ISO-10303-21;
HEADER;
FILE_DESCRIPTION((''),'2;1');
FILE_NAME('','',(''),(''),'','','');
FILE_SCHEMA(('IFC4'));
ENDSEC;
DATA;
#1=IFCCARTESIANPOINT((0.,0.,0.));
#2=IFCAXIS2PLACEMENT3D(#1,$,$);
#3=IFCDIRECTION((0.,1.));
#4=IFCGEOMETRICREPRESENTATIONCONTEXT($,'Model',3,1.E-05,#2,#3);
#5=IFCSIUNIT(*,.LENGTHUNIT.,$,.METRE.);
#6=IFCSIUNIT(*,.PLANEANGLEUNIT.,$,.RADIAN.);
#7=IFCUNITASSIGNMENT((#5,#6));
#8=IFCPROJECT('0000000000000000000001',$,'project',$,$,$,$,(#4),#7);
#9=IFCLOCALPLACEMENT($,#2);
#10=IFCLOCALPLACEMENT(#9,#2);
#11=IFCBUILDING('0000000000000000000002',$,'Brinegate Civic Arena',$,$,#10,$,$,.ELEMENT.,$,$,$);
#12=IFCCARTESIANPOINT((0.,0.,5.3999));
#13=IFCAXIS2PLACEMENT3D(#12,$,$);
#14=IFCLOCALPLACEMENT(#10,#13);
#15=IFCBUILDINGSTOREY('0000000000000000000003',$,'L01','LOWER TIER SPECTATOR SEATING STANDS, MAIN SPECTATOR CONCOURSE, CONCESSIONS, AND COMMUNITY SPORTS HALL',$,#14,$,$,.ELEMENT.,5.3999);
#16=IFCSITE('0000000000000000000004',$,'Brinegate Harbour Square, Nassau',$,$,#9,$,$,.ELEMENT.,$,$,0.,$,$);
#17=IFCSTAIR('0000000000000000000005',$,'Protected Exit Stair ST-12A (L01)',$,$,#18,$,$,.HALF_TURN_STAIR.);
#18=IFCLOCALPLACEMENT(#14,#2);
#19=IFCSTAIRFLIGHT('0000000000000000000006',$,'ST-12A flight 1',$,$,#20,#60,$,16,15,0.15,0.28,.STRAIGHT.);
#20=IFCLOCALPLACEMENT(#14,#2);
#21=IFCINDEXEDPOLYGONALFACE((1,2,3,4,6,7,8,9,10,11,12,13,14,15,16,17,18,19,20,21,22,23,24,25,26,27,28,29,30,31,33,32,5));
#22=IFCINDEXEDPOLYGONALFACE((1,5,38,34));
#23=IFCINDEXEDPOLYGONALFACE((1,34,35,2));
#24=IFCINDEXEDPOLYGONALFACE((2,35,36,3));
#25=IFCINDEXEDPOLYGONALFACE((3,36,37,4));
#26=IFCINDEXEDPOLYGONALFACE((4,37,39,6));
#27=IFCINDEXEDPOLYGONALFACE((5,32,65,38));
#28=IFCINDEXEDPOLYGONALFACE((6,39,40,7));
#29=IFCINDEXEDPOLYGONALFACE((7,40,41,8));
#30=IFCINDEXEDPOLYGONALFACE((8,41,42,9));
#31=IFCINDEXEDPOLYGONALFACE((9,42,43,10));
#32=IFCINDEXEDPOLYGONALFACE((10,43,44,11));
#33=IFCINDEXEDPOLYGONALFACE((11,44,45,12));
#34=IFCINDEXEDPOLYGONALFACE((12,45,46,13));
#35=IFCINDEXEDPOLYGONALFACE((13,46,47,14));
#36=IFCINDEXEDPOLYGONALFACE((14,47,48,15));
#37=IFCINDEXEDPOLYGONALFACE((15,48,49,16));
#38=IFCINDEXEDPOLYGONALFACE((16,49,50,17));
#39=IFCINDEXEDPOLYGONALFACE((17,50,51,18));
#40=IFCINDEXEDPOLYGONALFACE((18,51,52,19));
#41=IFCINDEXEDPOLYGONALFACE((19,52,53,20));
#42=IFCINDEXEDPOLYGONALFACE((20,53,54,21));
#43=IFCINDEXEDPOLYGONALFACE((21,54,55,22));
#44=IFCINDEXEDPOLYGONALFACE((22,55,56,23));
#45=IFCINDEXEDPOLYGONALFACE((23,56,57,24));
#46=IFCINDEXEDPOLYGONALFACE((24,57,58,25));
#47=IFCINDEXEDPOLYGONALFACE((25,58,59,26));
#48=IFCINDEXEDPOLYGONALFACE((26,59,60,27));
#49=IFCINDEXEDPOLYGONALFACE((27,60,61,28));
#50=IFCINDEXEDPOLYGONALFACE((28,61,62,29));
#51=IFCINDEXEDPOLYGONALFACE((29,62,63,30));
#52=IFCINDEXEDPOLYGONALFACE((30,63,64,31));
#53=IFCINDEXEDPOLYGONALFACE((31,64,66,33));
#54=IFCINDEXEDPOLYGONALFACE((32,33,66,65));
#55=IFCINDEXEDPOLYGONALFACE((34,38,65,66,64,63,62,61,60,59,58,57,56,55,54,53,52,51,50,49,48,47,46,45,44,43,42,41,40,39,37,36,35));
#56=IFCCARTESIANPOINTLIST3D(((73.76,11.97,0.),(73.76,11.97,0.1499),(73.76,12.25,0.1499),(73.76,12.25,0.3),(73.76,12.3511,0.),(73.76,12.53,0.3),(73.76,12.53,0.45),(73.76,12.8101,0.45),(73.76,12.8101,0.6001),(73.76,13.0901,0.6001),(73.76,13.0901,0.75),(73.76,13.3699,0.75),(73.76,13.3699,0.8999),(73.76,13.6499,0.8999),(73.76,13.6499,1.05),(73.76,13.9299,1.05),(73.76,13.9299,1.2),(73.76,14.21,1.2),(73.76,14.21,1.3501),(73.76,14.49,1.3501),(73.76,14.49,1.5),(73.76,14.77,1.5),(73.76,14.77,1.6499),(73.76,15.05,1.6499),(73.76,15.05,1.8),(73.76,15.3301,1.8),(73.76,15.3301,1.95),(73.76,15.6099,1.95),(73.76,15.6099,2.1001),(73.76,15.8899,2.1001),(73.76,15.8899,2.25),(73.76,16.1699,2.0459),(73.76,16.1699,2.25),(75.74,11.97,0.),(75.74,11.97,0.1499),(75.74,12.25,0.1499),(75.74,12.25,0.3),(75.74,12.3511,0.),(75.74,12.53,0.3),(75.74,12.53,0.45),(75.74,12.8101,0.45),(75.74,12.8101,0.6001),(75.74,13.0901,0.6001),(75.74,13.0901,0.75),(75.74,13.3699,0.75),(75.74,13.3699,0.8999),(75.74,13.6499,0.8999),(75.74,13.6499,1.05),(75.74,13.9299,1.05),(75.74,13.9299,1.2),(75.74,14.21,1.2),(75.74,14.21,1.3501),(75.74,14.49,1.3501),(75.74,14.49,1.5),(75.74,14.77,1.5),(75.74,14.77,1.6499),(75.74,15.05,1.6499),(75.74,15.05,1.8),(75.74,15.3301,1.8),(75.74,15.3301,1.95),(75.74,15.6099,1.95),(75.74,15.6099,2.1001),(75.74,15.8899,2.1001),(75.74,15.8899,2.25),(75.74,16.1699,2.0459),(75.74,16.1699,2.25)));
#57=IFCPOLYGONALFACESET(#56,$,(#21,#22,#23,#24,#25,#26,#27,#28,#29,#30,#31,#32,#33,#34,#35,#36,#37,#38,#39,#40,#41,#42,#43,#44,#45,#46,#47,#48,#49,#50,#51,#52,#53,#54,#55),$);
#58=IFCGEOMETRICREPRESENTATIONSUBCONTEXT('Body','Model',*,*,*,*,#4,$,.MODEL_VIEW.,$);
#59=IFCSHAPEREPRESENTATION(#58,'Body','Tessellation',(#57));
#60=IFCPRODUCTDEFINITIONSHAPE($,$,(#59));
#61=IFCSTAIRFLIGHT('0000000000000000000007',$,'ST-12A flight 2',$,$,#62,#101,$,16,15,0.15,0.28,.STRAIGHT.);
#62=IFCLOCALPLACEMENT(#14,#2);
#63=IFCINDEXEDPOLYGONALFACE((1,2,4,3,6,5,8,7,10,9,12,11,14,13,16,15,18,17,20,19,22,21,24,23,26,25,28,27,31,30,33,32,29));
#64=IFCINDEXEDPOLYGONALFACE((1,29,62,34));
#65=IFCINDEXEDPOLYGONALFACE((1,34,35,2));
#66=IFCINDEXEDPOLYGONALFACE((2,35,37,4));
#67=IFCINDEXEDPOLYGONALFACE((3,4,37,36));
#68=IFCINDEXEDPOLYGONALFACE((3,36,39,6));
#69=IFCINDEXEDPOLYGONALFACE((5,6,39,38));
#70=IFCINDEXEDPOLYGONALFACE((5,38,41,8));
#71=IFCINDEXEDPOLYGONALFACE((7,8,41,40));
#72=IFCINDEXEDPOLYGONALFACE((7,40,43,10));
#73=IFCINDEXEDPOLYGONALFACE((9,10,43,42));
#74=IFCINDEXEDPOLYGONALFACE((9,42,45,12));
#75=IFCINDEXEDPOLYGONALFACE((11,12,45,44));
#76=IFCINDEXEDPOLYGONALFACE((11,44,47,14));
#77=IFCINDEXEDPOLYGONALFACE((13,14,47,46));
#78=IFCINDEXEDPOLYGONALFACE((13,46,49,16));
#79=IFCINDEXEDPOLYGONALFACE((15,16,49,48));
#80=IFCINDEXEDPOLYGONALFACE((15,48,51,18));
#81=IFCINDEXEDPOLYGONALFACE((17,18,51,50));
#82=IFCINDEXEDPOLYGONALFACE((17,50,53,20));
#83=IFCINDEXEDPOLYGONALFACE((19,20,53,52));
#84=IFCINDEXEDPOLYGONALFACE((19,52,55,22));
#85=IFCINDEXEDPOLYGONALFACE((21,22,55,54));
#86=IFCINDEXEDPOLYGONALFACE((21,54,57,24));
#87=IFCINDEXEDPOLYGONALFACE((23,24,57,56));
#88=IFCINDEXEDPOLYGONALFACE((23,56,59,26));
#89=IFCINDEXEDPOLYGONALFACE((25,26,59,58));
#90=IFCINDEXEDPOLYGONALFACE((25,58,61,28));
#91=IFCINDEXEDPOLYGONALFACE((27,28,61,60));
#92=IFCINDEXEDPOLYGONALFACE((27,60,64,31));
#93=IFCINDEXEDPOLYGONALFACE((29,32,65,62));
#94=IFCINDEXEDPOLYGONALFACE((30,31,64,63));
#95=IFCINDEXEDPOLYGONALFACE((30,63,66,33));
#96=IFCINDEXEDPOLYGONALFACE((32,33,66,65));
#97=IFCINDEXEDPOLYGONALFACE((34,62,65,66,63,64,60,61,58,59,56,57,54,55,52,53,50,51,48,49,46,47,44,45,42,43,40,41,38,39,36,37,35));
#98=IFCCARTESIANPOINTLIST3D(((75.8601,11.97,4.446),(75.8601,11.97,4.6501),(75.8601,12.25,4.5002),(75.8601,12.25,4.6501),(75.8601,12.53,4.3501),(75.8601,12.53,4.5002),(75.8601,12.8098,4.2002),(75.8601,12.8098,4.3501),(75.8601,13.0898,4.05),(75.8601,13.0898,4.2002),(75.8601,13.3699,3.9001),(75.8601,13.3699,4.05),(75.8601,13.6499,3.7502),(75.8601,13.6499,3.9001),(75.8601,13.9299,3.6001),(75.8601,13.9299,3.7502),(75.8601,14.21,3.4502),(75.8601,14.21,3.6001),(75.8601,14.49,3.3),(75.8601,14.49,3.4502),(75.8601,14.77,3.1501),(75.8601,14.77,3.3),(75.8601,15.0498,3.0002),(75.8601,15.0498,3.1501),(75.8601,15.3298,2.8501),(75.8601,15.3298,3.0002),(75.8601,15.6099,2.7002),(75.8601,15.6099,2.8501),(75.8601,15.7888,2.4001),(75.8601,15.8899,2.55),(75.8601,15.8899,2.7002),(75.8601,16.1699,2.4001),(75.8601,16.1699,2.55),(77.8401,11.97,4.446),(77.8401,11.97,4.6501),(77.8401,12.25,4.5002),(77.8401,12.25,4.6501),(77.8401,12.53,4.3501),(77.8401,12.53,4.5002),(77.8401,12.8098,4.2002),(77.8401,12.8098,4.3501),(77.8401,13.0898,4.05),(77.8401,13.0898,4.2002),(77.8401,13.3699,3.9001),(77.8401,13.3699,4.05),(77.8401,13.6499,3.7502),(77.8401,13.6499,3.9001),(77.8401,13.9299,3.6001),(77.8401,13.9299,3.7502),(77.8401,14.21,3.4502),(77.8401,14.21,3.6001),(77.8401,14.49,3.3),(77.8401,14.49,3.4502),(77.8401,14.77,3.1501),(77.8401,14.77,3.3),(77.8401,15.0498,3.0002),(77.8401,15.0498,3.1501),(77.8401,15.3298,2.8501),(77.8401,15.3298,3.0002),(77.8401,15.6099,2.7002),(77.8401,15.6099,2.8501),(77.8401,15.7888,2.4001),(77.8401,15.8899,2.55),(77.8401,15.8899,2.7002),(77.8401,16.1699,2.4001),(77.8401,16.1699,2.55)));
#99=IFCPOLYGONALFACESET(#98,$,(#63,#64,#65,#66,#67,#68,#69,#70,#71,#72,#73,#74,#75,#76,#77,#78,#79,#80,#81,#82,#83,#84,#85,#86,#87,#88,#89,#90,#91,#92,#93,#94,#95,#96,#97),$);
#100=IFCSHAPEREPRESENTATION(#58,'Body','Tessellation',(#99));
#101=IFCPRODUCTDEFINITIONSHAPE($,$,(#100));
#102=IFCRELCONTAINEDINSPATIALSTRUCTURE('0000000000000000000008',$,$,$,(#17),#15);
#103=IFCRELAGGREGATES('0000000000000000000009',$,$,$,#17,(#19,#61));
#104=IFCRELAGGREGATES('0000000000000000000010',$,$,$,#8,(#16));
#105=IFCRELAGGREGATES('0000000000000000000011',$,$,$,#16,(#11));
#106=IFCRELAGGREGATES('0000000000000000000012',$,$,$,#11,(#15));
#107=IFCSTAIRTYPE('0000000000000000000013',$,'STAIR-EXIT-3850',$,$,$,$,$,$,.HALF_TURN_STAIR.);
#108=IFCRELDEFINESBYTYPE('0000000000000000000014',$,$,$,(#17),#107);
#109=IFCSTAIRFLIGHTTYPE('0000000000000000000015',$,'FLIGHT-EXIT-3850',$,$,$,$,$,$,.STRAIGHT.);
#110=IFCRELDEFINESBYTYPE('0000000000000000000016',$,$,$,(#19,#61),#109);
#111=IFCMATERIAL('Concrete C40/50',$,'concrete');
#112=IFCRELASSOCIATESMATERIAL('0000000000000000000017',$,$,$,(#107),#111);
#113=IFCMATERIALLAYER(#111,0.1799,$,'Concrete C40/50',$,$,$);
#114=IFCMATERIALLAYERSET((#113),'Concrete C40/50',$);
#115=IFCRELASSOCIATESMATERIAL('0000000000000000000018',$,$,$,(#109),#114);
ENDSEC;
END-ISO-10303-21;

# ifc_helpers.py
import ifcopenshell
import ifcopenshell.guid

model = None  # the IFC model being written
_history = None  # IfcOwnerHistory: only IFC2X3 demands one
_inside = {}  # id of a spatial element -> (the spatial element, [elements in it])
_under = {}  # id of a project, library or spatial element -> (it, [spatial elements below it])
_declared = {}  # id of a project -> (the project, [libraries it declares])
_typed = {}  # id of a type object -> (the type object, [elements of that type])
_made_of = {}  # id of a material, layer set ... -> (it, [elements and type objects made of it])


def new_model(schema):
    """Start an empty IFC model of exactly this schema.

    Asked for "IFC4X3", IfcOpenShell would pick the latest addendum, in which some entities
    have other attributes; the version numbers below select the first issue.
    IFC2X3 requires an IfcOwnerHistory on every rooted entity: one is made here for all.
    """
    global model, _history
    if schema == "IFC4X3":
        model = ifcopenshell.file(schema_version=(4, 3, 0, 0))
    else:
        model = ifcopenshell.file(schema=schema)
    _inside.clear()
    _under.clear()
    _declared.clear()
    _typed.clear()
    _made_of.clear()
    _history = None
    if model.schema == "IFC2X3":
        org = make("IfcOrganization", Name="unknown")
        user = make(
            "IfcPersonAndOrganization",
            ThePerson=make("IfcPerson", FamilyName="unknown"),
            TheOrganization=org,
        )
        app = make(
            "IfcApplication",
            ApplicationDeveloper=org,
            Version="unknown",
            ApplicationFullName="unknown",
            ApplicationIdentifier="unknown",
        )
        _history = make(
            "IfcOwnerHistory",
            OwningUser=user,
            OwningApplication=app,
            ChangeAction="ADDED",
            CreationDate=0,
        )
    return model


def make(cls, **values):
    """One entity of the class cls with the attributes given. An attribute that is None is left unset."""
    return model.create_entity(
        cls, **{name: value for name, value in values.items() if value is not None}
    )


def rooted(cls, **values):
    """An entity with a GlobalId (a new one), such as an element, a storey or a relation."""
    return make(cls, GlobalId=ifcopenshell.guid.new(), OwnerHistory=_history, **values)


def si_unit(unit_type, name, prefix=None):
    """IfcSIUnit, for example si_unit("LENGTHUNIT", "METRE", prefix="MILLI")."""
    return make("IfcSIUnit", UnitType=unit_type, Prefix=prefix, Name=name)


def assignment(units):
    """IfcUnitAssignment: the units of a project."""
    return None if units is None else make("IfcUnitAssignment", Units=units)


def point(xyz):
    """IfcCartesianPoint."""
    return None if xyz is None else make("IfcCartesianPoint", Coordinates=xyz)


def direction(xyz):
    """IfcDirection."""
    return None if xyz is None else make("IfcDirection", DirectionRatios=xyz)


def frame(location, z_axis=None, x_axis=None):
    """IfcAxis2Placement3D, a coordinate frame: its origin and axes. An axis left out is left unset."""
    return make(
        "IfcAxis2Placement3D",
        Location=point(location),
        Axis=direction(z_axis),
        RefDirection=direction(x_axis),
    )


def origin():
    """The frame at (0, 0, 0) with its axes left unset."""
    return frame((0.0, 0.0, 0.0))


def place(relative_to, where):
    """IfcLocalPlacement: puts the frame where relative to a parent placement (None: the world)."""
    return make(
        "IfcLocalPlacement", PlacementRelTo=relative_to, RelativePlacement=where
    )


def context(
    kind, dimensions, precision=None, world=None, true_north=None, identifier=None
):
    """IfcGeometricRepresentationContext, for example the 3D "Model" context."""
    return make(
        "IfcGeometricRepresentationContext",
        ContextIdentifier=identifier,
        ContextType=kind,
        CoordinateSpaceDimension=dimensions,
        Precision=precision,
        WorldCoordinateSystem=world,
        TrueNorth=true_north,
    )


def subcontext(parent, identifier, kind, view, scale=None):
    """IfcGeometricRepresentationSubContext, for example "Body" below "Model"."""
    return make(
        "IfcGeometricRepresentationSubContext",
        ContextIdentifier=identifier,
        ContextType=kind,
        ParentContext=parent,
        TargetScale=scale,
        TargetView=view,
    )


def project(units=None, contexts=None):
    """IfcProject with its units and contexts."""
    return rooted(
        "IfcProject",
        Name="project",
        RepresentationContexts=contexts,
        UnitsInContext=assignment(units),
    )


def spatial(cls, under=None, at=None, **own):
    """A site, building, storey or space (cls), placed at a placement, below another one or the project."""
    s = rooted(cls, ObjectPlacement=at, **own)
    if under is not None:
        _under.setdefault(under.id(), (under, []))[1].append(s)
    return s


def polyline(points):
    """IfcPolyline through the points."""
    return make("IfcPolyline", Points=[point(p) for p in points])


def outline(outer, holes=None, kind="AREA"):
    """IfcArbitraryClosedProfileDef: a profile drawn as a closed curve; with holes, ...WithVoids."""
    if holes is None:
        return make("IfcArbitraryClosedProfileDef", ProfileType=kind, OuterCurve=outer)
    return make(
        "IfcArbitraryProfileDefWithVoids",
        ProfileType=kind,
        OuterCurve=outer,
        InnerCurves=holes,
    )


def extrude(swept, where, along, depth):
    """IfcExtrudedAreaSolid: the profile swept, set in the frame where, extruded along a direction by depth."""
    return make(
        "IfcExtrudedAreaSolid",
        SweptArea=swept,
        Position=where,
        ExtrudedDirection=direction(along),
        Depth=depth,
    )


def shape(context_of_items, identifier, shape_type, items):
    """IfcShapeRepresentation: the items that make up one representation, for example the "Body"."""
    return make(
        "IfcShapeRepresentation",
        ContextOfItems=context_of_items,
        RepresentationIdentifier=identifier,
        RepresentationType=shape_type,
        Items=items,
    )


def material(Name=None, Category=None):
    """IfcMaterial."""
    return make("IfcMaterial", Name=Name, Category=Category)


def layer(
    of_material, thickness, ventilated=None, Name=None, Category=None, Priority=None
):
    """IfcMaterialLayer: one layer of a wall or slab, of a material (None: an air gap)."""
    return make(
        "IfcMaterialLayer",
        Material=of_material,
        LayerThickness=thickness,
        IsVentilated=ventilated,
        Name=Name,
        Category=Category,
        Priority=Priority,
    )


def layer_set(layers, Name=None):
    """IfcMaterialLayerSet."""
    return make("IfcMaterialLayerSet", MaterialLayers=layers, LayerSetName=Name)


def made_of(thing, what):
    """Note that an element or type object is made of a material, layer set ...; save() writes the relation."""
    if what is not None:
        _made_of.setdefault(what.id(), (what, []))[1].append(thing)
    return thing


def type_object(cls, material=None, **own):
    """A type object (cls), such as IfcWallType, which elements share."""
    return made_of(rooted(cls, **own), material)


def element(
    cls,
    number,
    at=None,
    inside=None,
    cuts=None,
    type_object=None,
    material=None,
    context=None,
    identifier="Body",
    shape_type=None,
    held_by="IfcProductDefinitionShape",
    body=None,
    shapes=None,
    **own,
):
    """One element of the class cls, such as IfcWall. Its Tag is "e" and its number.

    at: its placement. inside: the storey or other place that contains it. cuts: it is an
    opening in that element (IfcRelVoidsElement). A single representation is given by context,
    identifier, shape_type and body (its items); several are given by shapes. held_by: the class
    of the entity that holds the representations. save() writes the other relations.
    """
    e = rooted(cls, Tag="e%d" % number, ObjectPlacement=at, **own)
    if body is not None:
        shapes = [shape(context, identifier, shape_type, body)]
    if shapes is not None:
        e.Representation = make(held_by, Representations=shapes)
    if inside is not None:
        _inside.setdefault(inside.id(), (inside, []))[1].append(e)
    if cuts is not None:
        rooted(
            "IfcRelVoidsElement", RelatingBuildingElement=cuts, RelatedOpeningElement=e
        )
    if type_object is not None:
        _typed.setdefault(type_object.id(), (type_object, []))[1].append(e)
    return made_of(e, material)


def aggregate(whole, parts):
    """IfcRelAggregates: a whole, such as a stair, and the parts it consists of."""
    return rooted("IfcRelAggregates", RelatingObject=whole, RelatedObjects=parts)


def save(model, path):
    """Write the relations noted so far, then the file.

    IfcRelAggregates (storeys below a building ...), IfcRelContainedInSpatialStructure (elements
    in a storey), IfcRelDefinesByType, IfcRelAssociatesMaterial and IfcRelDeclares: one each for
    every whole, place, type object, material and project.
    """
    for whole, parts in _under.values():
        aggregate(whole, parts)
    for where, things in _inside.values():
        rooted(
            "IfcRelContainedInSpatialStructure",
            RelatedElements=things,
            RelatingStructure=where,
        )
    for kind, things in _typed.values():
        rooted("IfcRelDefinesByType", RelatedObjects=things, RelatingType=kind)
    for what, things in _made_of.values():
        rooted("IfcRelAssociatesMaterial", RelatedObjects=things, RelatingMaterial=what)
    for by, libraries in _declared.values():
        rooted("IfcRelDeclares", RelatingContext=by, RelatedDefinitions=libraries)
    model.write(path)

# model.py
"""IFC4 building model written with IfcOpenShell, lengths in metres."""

from ifc_helpers import new_model, si_unit, direction, frame, origin, place, context, subcontext, project, spatial, polyline, outline, extrude, material, layer, layer_set, type_object, element, aggregate, save


model = new_model("IFC4")

# Units and contexts
model_context = context("Model", 3, precision=1e-05, world=origin(), true_north=direction((0.0, 1.0)))
body_context = subcontext(model_context, "Body", "Model", "MODEL_VIEW")
ifc_project = project(units=[si_unit("LENGTHUNIT", "METRE"), si_unit("PLANEANGLEUNIT", "RADIAN")], contexts=[model_context])

# Site, building, storey
site_placement = place(None, origin())
site = spatial("IfcSite", under=ifc_project, at=site_placement, Name="Brinegate Harbour Square, Nassau", CompositionType="ELEMENT", RefElevation=0.0)
building_placement = place(site_placement, origin())
building = spatial("IfcBuilding", under=site, at=building_placement, Name="Brinegate Civic Arena", CompositionType="ELEMENT")
storey_placement = place(building_placement, frame((0.0, 0.0, 5.3999)))
storey = spatial("IfcBuildingStorey", under=building, at=storey_placement, Name="L01", Description="LOWER TIER SPECTATOR SEATING STANDS, MAIN SPECTATOR CONCOURSE, CONCESSIONS, AND COMMUNITY SPORTS HALL", CompositionType="ELEMENT", Elevation=5.3999)

# Stair, stair flights
ifc_material_1 = material(Name="Concrete C40/50", Category="concrete")
stair_type_1 = type_object("IfcStairType", Name="STAIR-EXIT-3850", PredefinedType="HALF_TURN_STAIR", material=ifc_material_1)
stair_1_placement = place(storey_placement, origin())
stair_1 = element("IfcStair", 1, at=stair_1_placement, inside=storey, type_object=stair_type_1, Name="Protected Exit Stair ST-12A (L01)", PredefinedType="HALF_TURN_STAIR")
ifc_layer_1 = layer(ifc_material_1, 0.1799, Name="Concrete C40/50")
ifc_layer_set_1 = layer_set([ifc_layer_1], Name="Concrete C40/50")
stair_flight_type_1 = type_object("IfcStairFlightType", Name="FLIGHT-EXIT-3850", PredefinedType="STRAIGHT", material=ifc_layer_set_1)
stair_flight_1_placement = place(storey_placement, frame((74.75, 11.97, 0.0), z_axis=(0.0, 0.0, 1.0), x_axis=(0.0, 1.0, 0.0)))
stair_flight_1 = element("IfcStairFlight", 2, at=stair_flight_1_placement, type_object=stair_flight_type_1, Name="ST-12A flight 1", NumberOfRisers=16, NumberOfTreads=15, PredefinedType="STRAIGHT", RiserHeight=0.15, TreadLength=0.28, context=body_context, shape_type="SweptSolid", body=[
    extrude(outline(polyline([(0.0, 0.0), (0.0, 0.1499), (0.28, 0.1499), (0.28, 0.3), (0.5601, 0.3), (0.5601, 0.45), (0.8401, 0.45), (0.8401, 0.6001), (1.1201, 0.6001), (1.1201, 0.75), (1.3999, 0.75), (1.3999, 0.8999), (1.6799, 0.8999), (1.6799, 1.05), (1.96, 1.05), (1.96, 1.2), (2.24, 1.2), (2.24, 1.3501), (2.52, 1.3501), (2.52, 1.5), (2.8, 1.5), (2.8, 1.6499), (3.0801, 1.6499), (3.0801, 1.8), (3.3601, 1.8), (3.3601, 1.95), (3.6399, 1.95), (3.6399, 2.1001), (3.9199, 2.1001), (3.9199, 2.25), (4.2, 2.25), (4.2, 2.3999), (4.2, 2.0459), (0.3811, 0.0), (0.0, 0.0)])), frame((0.0, 0.99, 0.0), z_axis=(0.0, -1.0, 0.0), x_axis=(1.0, 0.0, 0.0)), (0.0, 0.0, 1.0), 1.98),
])
stair_flight_2_placement = place(storey_placement, frame((76.8501, 16.1699, 2.4001), z_axis=(0.0, 0.0, 1.0), x_axis=(0.0, -1.0, 0.0)))
stair_flight_2 = element("IfcStairFlight", 3, at=stair_flight_2_placement, type_object=stair_flight_type_1, Name="ST-12A flight 2", NumberOfRisers=16, NumberOfTreads=15, PredefinedType="STRAIGHT", RiserHeight=0.15, TreadLength=0.28, context=body_context, shape_type="SweptSolid", body=[
    extrude(outline(polyline([(0.0, 0.0), (0.0, 0.1499), (0.28, 0.1499), (0.28, 0.3), (0.5601, 0.3), (0.5601, 0.45), (0.8401, 0.45), (0.8401, 0.6001), (1.1201, 0.6001), (1.1201, 0.75), (1.3999, 0.75), (1.3999, 0.8999), (1.6799, 0.8999), (1.6799, 1.05), (1.96, 1.05), (1.96, 1.2), (2.24, 1.2), (2.24, 1.3501), (2.52, 1.3501), (2.52, 1.5), (2.8, 1.5), (2.8, 1.6499), (3.0801, 1.6499), (3.0801, 1.8), (3.3601, 1.8), (3.3601, 1.95), (3.6399, 1.95), (3.6399, 2.1001), (3.9199, 2.1001), (3.9199, 2.25), (4.2, 2.25), (4.2, 2.3999), (4.2, 2.0459), (0.3811, 0.0), (0.0, 0.0)])), frame((0.0, 0.99, 0.0), z_axis=(0.0, -1.0, 0.0), x_axis=(1.0, 0.0, 0.0)), (0.0, 0.0, 1.0), 1.98),
])
aggregate(stair_1, [stair_flight_1, stair_flight_2])

save(model, "model.ifc")
